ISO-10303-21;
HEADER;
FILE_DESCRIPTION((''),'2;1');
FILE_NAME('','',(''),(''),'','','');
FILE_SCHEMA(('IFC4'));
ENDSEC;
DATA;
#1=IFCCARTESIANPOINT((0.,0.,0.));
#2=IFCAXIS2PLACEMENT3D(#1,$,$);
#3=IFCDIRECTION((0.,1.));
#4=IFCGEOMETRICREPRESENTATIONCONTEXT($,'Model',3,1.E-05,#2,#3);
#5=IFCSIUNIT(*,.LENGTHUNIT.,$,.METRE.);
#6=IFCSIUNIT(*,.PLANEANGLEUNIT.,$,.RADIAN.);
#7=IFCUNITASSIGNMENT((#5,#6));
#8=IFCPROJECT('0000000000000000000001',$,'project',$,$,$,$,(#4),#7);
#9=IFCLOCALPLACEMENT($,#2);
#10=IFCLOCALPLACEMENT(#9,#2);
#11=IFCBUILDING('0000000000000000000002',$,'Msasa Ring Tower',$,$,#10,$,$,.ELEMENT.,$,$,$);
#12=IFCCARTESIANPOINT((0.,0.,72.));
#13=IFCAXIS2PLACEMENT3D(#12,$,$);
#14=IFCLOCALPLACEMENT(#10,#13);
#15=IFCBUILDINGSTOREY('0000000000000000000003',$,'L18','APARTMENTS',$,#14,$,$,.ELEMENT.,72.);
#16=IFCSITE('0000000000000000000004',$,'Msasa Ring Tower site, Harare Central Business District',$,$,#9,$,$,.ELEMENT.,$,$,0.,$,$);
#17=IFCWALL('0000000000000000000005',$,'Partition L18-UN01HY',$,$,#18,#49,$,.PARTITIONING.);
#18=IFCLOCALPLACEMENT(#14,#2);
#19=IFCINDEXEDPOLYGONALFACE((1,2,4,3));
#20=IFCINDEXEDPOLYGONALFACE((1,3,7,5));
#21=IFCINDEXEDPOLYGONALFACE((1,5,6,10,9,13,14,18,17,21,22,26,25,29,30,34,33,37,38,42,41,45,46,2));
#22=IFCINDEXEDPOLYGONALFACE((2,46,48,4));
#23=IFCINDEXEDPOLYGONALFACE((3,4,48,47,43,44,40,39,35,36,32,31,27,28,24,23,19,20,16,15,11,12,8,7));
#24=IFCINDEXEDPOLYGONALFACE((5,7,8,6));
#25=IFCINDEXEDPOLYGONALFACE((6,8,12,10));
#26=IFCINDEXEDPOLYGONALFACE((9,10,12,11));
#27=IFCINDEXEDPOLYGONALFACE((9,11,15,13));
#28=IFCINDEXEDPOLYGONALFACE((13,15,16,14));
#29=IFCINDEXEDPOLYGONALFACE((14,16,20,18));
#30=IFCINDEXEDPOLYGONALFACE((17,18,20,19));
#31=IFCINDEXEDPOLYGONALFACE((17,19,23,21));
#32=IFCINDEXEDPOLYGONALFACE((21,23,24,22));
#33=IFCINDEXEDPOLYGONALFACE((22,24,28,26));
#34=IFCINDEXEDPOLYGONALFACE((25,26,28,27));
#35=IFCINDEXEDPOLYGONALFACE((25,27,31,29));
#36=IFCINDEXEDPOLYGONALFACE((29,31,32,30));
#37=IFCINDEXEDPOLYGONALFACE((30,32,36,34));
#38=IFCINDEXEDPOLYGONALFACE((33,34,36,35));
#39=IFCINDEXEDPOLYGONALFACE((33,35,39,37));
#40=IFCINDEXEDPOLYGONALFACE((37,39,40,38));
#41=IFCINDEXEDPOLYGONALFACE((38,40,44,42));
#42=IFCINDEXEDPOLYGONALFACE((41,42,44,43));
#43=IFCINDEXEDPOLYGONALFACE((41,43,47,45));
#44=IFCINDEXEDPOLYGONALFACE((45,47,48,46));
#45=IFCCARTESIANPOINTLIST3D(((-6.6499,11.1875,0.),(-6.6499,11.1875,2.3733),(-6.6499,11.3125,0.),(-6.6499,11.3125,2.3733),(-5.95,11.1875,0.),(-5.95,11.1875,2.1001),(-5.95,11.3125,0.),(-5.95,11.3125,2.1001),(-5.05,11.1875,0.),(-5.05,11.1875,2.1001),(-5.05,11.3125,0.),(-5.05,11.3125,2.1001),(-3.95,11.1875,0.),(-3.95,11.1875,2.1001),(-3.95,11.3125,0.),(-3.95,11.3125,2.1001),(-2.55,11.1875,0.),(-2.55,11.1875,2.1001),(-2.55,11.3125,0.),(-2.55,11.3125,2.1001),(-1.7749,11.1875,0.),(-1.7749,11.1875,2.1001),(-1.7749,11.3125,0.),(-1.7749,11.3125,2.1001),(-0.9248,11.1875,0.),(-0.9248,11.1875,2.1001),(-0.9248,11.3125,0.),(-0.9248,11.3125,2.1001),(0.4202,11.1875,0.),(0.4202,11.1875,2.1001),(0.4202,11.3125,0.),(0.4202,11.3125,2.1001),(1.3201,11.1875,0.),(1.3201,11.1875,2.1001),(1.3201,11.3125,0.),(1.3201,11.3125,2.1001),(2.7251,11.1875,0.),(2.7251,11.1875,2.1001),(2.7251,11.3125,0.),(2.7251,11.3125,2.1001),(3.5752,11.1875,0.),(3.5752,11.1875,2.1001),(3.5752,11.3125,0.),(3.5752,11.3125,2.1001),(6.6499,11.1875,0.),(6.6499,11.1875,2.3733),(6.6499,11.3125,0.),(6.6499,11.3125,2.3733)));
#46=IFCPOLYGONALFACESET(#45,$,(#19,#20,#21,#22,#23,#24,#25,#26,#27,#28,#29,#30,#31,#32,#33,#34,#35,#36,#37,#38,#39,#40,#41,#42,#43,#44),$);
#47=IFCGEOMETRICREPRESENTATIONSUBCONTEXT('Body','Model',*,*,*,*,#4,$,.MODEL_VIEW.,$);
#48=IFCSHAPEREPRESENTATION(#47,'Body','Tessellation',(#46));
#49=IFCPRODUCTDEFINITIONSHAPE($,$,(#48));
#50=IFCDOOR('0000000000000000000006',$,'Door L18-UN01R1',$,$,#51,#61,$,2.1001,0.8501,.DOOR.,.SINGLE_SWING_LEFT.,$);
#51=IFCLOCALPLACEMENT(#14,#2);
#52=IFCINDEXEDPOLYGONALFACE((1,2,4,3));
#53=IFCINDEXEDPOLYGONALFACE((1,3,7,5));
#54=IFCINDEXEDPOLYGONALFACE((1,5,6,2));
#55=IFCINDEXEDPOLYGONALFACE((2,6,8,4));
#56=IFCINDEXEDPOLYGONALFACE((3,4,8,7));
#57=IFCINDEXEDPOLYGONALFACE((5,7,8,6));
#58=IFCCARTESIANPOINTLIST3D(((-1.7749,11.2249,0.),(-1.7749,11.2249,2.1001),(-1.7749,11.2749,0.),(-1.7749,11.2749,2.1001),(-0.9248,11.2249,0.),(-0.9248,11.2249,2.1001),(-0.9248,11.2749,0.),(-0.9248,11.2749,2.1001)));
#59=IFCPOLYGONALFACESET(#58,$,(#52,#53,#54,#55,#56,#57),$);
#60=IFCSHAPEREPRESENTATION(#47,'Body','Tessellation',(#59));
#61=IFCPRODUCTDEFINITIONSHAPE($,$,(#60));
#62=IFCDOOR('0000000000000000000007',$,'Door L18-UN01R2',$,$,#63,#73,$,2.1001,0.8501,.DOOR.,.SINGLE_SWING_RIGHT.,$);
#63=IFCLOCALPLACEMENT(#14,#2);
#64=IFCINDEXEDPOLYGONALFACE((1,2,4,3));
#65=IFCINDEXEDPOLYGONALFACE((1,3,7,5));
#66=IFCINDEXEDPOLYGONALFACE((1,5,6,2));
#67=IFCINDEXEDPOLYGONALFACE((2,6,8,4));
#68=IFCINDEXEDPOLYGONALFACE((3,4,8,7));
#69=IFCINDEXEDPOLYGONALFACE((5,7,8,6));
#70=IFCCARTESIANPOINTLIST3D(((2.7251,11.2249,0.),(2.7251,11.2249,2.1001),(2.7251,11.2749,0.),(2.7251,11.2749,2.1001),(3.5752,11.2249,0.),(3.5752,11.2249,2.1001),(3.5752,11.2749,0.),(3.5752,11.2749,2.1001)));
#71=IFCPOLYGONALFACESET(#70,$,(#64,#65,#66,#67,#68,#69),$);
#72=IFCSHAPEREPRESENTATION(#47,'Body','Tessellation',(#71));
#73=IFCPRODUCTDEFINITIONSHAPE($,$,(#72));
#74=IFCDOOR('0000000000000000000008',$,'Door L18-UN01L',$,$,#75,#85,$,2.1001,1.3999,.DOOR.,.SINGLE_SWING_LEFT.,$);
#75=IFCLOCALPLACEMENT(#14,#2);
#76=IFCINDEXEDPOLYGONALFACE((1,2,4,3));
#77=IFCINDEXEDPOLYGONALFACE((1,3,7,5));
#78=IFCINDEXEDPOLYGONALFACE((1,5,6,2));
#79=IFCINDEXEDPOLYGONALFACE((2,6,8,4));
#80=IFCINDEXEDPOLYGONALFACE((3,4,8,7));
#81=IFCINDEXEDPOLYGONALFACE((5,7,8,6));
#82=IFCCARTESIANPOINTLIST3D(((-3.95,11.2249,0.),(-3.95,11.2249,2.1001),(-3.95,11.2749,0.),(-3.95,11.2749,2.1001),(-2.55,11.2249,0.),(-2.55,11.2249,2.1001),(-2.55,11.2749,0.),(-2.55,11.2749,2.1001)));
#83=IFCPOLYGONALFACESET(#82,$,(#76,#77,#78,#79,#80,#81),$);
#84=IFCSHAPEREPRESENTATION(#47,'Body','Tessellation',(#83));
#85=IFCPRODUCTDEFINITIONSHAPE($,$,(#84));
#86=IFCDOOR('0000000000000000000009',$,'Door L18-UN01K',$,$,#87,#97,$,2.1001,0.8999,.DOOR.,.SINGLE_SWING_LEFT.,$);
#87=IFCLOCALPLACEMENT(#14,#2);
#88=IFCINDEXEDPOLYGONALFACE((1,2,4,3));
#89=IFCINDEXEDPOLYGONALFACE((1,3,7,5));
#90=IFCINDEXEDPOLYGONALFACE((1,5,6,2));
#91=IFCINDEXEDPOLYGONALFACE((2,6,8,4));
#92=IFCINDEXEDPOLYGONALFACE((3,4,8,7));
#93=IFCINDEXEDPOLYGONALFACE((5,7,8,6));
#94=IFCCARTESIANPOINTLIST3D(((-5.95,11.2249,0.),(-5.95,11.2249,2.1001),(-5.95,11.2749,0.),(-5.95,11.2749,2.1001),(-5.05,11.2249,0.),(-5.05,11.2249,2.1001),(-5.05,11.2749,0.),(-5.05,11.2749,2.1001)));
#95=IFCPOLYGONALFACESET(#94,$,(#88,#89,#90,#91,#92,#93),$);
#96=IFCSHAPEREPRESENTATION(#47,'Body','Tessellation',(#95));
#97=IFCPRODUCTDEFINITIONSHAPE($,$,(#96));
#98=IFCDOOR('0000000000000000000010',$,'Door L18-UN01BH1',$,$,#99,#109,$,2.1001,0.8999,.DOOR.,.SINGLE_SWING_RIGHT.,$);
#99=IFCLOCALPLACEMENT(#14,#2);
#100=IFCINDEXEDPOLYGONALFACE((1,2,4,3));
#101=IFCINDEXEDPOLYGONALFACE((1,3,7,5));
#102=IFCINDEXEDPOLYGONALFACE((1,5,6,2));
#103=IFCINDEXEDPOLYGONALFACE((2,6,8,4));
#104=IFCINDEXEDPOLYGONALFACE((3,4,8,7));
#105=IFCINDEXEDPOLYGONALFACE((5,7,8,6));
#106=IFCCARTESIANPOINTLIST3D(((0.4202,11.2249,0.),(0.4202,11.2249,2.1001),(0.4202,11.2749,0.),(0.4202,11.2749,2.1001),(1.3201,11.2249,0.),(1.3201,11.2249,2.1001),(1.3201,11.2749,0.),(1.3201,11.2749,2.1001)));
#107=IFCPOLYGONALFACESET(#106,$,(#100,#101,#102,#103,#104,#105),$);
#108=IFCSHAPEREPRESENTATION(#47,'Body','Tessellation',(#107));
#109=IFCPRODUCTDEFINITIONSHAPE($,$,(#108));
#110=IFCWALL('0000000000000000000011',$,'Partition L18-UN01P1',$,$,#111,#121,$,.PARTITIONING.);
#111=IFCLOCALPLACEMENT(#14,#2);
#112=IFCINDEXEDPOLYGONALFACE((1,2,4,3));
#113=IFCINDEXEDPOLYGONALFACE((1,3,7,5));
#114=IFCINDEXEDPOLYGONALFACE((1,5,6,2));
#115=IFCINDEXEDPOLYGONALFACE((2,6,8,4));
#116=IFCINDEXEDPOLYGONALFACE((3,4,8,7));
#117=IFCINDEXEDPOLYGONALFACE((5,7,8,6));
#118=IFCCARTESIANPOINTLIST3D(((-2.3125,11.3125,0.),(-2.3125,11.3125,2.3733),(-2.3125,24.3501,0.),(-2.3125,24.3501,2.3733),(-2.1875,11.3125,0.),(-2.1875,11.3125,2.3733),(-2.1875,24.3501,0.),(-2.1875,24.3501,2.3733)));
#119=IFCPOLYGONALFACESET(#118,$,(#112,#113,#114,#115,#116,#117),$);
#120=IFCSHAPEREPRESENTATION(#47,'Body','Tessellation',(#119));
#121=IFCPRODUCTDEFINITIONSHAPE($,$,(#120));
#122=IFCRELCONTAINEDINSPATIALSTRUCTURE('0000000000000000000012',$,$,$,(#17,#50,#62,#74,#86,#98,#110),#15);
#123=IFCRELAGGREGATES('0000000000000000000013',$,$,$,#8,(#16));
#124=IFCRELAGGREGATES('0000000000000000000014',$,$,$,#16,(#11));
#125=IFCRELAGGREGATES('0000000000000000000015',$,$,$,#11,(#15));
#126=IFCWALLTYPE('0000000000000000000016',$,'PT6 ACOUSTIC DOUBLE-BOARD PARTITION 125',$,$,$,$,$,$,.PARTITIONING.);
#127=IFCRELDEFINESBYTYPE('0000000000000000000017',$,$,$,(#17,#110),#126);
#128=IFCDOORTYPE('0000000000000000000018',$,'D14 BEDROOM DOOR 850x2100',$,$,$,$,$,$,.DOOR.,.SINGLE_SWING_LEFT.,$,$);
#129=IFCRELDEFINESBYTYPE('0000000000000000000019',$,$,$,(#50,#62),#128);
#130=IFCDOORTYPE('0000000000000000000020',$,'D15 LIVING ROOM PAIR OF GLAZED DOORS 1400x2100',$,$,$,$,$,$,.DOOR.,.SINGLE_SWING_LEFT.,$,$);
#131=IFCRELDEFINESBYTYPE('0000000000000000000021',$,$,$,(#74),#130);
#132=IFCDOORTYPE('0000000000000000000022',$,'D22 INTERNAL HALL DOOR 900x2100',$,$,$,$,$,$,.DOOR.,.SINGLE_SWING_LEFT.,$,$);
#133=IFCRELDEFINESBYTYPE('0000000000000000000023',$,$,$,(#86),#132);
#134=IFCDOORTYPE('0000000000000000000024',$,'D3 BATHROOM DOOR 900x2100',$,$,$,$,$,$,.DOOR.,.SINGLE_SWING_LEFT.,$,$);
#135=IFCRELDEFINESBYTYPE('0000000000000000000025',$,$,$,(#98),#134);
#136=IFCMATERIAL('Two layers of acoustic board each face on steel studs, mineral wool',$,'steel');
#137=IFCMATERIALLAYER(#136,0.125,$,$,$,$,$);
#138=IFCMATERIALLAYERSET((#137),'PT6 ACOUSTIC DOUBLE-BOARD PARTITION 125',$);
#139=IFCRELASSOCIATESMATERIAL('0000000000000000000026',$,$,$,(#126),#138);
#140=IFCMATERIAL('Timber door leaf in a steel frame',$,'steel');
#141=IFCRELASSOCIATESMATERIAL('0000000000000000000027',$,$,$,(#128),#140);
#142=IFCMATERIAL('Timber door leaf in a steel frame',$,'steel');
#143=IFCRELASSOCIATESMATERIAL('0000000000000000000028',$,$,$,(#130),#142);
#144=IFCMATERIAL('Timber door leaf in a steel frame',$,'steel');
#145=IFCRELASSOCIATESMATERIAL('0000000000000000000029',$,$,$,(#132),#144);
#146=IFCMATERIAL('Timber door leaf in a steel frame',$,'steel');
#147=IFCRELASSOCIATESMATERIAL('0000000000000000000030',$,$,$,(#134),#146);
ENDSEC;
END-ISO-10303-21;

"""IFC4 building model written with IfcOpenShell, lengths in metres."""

from ifc_helpers import new_model, si_unit, direction, frame, frame_2d, origin, place, context, subcontext, project, spatial, rectangle, extrude, material, layer, layer_set, type_object, element, fill, save


model = new_model("IFC4")

# Units and contexts
model_context = context("Model", 3, precision=1e-05, world=origin(), true_north=direction((0.0, 1.0)))
body_context = subcontext(model_context, "Body", "Model", "MODEL_VIEW")
ifc_project = project(units=[si_unit("LENGTHUNIT", "METRE"), si_unit("PLANEANGLEUNIT", "RADIAN")], contexts=[model_context])

# Site, building, storey
site_placement = place(None, origin())
site = spatial("IfcSite", under=ifc_project, at=site_placement, Name="Msasa Ring Tower site, Harare Central Business District", CompositionType="ELEMENT", RefElevation=0.0)
building_placement = place(site_placement, origin())
building = spatial("IfcBuilding", under=site, at=building_placement, Name="Msasa Ring Tower", CompositionType="ELEMENT")
storey_placement = place(building_placement, frame((0.0, 0.0, 72.0)))
storey = spatial("IfcBuildingStorey", under=building, at=storey_placement, Name="L18", Description="APARTMENTS", CompositionType="ELEMENT", Elevation=72.0)

# Shared definitions
ifc_material_1 = material(Name="Two layers of acoustic board each face on steel studs, mineral wool", Category="steel")
ifc_layer_1 = layer(ifc_material_1, 0.125)
ifc_layer_set_1 = layer_set([ifc_layer_1], Name="PT6 ACOUSTIC DOUBLE-BOARD PARTITION 125")
wall_type_1 = type_object("IfcWallType", Name="PT6 ACOUSTIC DOUBLE-BOARD PARTITION 125", PredefinedType="PARTITIONING", material=ifc_layer_set_1)

# Wall, openings, doors
wall_1_placement = place(storey_placement, frame((-6.6499, 11.25, 0.0), z_axis=(0.0, 0.0, 1.0), x_axis=(1.0, 0.0, 0.0)))
wall_1 = element("IfcWall", 1, at=wall_1_placement, inside=storey, type_object=wall_type_1, Name="Partition L18-UN01HY", PredefinedType="PARTITIONING", context=body_context, shape_type="SweptSolid", body=[
    extrude(rectangle(XDim=13.2998, YDim=0.125, at=frame_2d((6.6499, 0.0))), origin(), (0.0, 0.0, 1.0), 2.3733),
])
opening_1_placement = place(wall_1_placement, frame((0.7, 0.0, 0.0)))
opening_1 = element("IfcOpeningElement", 2, at=opening_1_placement, cuts=wall_1, PredefinedType="OPENING", context=body_context, shape_type="SweptSolid", body=[
    extrude(rectangle(XDim=0.8999, YDim=2.1001, at=frame_2d((0.45, 1.05))), frame((0.0, 0.0725, 0.0), z_axis=(0.0, -1.0, 0.0), x_axis=(1.0, 0.0, 0.0)), (0.0, 0.0, 1.0), 0.145),
])
opening_2_placement = place(wall_1_placement, frame((2.7, 0.0, 0.0)))
opening_2 = element("IfcOpeningElement", 3, at=opening_2_placement, cuts=wall_1, PredefinedType="OPENING", context=body_context, shape_type="SweptSolid", body=[
    extrude(rectangle(XDim=1.3999, YDim=2.1001, at=frame_2d((0.7, 1.05))), frame((0.0, 0.0725, 0.0), z_axis=(0.0, -1.0, 0.0), x_axis=(1.0, 0.0, 0.0)), (0.0, 0.0, 1.0), 0.145),
])
opening_3_placement = place(wall_1_placement, frame((4.875, 0.0, 0.0)))
opening_3 = element("IfcOpeningElement", 4, at=opening_3_placement, cuts=wall_1, PredefinedType="OPENING", context=body_context, shape_type="SweptSolid", body=[
    extrude(rectangle(XDim=0.8501, YDim=2.1001, at=frame_2d((0.425, 1.05))), frame((0.0, 0.0725, 0.0), z_axis=(0.0, -1.0, 0.0), x_axis=(1.0, 0.0, 0.0)), (0.0, 0.0, 1.0), 0.145),
])
opening_4_placement = place(wall_1_placement, frame((7.0701, 0.0, 0.0)))
opening_4 = element("IfcOpeningElement", 5, at=opening_4_placement, cuts=wall_1, PredefinedType="OPENING", context=body_context, shape_type="SweptSolid", body=[
    extrude(rectangle(XDim=0.8999, YDim=2.1001, at=frame_2d((0.45, 1.05))), frame((0.0, 0.0725, 0.0), z_axis=(0.0, -1.0, 0.0), x_axis=(1.0, 0.0, 0.0)), (0.0, 0.0, 1.0), 0.145),
])
opening_5_placement = place(wall_1_placement, frame((9.375, 0.0, 0.0)))
opening_5 = element("IfcOpeningElement", 6, at=opening_5_placement, cuts=wall_1, PredefinedType="OPENING", context=body_context, shape_type="SweptSolid", body=[
    extrude(rectangle(XDim=0.8501, YDim=2.1001, at=frame_2d((0.425, 1.05))), frame((0.0, 0.0725, 0.0), z_axis=(0.0, -1.0, 0.0), x_axis=(1.0, 0.0, 0.0)), (0.0, 0.0, 1.0), 0.145),
])
ifc_material_2 = material(Name="Timber door leaf in a steel frame", Category="steel")
door_type_1 = type_object("IfcDoorType", Name="D14 BEDROOM DOOR 850x2100", OperationType="SINGLE_SWING_LEFT", PredefinedType="DOOR", material=ifc_material_2)
door_1_placement = place(opening_3_placement, origin())
door_1 = element("IfcDoor", 7, at=door_1_placement, inside=storey, type_object=door_type_1, Name="Door L18-UN01R1", OperationType="SINGLE_SWING_LEFT", OverallHeight=2.1001, OverallWidth=0.8501, PredefinedType="DOOR", context=body_context, shape_type="SweptSolid", body=[
    extrude(rectangle(XDim=0.8501, YDim=2.1001, at=frame_2d((0.425, 1.05))), frame((0.0, 0.0249, 0.0), z_axis=(0.0, -1.0, 0.0), x_axis=(1.0, 0.0, 0.0)), (0.0, 0.0, 1.0), 0.05),
])
fill(opening_3, door_1)
door_2_placement = place(opening_5_placement, origin())
door_2 = element("IfcDoor", 8, at=door_2_placement, inside=storey, type_object=door_type_1, Name="Door L18-UN01R2", OperationType="SINGLE_SWING_RIGHT", OverallHeight=2.1001, OverallWidth=0.8501, PredefinedType="DOOR", context=body_context, shape_type="SweptSolid", body=[
    extrude(rectangle(XDim=0.8501, YDim=2.1001, at=frame_2d((0.425, 1.05))), frame((0.0, 0.0249, 0.0), z_axis=(0.0, -1.0, 0.0), x_axis=(1.0, 0.0, 0.0)), (0.0, 0.0, 1.0), 0.05),
])
fill(opening_5, door_2)
ifc_material_3 = material(Name="Timber door leaf in a steel frame", Category="steel")
door_type_2 = type_object("IfcDoorType", Name="D15 LIVING ROOM PAIR OF GLAZED DOORS 1400x2100", OperationType="SINGLE_SWING_LEFT", PredefinedType="DOOR", material=ifc_material_3)
door_3_placement = place(opening_2_placement, origin())
door_3 = element("IfcDoor", 9, at=door_3_placement, inside=storey, type_object=door_type_2, Name="Door L18-UN01L", OperationType="SINGLE_SWING_LEFT", OverallHeight=2.1001, OverallWidth=1.3999, PredefinedType="DOOR", context=body_context, shape_type="SweptSolid", body=[
    extrude(rectangle(XDim=1.3999, YDim=2.1001, at=frame_2d((0.7, 1.05))), frame((0.0, 0.0249, 0.0), z_axis=(0.0, -1.0, 0.0), x_axis=(1.0, 0.0, 0.0)), (0.0, 0.0, 1.0), 0.05),
])
fill(opening_2, door_3)
ifc_material_4 = material(Name="Timber door leaf in a steel frame", Category="steel")
door_type_3 = type_object("IfcDoorType", Name="D22 INTERNAL HALL DOOR 900x2100", OperationType="SINGLE_SWING_LEFT", PredefinedType="DOOR", material=ifc_material_4)
door_4_placement = place(opening_1_placement, origin())
door_4 = element("IfcDoor", 10, at=door_4_placement, inside=storey, type_object=door_type_3, Name="Door L18-UN01K", OperationType="SINGLE_SWING_LEFT", OverallHeight=2.1001, OverallWidth=0.8999, PredefinedType="DOOR", context=body_context, shape_type="SweptSolid", body=[
    extrude(rectangle(XDim=0.8999, YDim=2.1001, at=frame_2d((0.45, 1.05))), frame((0.0, 0.0249, 0.0), z_axis=(0.0, -1.0, 0.0), x_axis=(1.0, 0.0, 0.0)), (0.0, 0.0, 1.0), 0.05),
])
fill(opening_1, door_4)
ifc_material_5 = material(Name="Timber door leaf in a steel frame", Category="steel")
door_type_4 = type_object("IfcDoorType", Name="D3 BATHROOM DOOR 900x2100", OperationType="SINGLE_SWING_LEFT", PredefinedType="DOOR", material=ifc_material_5)
door_5_placement = place(opening_4_placement, origin())
door_5 = element("IfcDoor", 11, at=door_5_placement, inside=storey, type_object=door_type_4, Name="Door L18-UN01BH1", OperationType="SINGLE_SWING_RIGHT", OverallHeight=2.1001, OverallWidth=0.8999, PredefinedType="DOOR", context=body_context, shape_type="SweptSolid", body=[
    extrude(rectangle(XDim=0.8999, YDim=2.1001, at=frame_2d((0.45, 1.05))), frame((0.0, 0.0249, 0.0), z_axis=(0.0, -1.0, 0.0), x_axis=(1.0, 0.0, 0.0)), (0.0, 0.0, 1.0), 0.05),
])
fill(opening_4, door_5)

# Wall
wall_2_placement = place(storey_placement, frame((-2.25, 11.3125, 0.0), z_axis=(0.0, 0.0, 1.0), x_axis=(0.0, 1.0, 0.0)))
element("IfcWall", 12, at=wall_2_placement, inside=storey, type_object=wall_type_1, Name="Partition L18-UN01P1", PredefinedType="PARTITIONING", context=body_context, shape_type="SweptSolid", body=[
    extrude(rectangle(XDim=13.0376, YDim=0.125, at=frame_2d((6.5188, 0.0))), origin(), (0.0, 0.0, 1.0), 2.3733),
])

save(model, "model.ifc")
